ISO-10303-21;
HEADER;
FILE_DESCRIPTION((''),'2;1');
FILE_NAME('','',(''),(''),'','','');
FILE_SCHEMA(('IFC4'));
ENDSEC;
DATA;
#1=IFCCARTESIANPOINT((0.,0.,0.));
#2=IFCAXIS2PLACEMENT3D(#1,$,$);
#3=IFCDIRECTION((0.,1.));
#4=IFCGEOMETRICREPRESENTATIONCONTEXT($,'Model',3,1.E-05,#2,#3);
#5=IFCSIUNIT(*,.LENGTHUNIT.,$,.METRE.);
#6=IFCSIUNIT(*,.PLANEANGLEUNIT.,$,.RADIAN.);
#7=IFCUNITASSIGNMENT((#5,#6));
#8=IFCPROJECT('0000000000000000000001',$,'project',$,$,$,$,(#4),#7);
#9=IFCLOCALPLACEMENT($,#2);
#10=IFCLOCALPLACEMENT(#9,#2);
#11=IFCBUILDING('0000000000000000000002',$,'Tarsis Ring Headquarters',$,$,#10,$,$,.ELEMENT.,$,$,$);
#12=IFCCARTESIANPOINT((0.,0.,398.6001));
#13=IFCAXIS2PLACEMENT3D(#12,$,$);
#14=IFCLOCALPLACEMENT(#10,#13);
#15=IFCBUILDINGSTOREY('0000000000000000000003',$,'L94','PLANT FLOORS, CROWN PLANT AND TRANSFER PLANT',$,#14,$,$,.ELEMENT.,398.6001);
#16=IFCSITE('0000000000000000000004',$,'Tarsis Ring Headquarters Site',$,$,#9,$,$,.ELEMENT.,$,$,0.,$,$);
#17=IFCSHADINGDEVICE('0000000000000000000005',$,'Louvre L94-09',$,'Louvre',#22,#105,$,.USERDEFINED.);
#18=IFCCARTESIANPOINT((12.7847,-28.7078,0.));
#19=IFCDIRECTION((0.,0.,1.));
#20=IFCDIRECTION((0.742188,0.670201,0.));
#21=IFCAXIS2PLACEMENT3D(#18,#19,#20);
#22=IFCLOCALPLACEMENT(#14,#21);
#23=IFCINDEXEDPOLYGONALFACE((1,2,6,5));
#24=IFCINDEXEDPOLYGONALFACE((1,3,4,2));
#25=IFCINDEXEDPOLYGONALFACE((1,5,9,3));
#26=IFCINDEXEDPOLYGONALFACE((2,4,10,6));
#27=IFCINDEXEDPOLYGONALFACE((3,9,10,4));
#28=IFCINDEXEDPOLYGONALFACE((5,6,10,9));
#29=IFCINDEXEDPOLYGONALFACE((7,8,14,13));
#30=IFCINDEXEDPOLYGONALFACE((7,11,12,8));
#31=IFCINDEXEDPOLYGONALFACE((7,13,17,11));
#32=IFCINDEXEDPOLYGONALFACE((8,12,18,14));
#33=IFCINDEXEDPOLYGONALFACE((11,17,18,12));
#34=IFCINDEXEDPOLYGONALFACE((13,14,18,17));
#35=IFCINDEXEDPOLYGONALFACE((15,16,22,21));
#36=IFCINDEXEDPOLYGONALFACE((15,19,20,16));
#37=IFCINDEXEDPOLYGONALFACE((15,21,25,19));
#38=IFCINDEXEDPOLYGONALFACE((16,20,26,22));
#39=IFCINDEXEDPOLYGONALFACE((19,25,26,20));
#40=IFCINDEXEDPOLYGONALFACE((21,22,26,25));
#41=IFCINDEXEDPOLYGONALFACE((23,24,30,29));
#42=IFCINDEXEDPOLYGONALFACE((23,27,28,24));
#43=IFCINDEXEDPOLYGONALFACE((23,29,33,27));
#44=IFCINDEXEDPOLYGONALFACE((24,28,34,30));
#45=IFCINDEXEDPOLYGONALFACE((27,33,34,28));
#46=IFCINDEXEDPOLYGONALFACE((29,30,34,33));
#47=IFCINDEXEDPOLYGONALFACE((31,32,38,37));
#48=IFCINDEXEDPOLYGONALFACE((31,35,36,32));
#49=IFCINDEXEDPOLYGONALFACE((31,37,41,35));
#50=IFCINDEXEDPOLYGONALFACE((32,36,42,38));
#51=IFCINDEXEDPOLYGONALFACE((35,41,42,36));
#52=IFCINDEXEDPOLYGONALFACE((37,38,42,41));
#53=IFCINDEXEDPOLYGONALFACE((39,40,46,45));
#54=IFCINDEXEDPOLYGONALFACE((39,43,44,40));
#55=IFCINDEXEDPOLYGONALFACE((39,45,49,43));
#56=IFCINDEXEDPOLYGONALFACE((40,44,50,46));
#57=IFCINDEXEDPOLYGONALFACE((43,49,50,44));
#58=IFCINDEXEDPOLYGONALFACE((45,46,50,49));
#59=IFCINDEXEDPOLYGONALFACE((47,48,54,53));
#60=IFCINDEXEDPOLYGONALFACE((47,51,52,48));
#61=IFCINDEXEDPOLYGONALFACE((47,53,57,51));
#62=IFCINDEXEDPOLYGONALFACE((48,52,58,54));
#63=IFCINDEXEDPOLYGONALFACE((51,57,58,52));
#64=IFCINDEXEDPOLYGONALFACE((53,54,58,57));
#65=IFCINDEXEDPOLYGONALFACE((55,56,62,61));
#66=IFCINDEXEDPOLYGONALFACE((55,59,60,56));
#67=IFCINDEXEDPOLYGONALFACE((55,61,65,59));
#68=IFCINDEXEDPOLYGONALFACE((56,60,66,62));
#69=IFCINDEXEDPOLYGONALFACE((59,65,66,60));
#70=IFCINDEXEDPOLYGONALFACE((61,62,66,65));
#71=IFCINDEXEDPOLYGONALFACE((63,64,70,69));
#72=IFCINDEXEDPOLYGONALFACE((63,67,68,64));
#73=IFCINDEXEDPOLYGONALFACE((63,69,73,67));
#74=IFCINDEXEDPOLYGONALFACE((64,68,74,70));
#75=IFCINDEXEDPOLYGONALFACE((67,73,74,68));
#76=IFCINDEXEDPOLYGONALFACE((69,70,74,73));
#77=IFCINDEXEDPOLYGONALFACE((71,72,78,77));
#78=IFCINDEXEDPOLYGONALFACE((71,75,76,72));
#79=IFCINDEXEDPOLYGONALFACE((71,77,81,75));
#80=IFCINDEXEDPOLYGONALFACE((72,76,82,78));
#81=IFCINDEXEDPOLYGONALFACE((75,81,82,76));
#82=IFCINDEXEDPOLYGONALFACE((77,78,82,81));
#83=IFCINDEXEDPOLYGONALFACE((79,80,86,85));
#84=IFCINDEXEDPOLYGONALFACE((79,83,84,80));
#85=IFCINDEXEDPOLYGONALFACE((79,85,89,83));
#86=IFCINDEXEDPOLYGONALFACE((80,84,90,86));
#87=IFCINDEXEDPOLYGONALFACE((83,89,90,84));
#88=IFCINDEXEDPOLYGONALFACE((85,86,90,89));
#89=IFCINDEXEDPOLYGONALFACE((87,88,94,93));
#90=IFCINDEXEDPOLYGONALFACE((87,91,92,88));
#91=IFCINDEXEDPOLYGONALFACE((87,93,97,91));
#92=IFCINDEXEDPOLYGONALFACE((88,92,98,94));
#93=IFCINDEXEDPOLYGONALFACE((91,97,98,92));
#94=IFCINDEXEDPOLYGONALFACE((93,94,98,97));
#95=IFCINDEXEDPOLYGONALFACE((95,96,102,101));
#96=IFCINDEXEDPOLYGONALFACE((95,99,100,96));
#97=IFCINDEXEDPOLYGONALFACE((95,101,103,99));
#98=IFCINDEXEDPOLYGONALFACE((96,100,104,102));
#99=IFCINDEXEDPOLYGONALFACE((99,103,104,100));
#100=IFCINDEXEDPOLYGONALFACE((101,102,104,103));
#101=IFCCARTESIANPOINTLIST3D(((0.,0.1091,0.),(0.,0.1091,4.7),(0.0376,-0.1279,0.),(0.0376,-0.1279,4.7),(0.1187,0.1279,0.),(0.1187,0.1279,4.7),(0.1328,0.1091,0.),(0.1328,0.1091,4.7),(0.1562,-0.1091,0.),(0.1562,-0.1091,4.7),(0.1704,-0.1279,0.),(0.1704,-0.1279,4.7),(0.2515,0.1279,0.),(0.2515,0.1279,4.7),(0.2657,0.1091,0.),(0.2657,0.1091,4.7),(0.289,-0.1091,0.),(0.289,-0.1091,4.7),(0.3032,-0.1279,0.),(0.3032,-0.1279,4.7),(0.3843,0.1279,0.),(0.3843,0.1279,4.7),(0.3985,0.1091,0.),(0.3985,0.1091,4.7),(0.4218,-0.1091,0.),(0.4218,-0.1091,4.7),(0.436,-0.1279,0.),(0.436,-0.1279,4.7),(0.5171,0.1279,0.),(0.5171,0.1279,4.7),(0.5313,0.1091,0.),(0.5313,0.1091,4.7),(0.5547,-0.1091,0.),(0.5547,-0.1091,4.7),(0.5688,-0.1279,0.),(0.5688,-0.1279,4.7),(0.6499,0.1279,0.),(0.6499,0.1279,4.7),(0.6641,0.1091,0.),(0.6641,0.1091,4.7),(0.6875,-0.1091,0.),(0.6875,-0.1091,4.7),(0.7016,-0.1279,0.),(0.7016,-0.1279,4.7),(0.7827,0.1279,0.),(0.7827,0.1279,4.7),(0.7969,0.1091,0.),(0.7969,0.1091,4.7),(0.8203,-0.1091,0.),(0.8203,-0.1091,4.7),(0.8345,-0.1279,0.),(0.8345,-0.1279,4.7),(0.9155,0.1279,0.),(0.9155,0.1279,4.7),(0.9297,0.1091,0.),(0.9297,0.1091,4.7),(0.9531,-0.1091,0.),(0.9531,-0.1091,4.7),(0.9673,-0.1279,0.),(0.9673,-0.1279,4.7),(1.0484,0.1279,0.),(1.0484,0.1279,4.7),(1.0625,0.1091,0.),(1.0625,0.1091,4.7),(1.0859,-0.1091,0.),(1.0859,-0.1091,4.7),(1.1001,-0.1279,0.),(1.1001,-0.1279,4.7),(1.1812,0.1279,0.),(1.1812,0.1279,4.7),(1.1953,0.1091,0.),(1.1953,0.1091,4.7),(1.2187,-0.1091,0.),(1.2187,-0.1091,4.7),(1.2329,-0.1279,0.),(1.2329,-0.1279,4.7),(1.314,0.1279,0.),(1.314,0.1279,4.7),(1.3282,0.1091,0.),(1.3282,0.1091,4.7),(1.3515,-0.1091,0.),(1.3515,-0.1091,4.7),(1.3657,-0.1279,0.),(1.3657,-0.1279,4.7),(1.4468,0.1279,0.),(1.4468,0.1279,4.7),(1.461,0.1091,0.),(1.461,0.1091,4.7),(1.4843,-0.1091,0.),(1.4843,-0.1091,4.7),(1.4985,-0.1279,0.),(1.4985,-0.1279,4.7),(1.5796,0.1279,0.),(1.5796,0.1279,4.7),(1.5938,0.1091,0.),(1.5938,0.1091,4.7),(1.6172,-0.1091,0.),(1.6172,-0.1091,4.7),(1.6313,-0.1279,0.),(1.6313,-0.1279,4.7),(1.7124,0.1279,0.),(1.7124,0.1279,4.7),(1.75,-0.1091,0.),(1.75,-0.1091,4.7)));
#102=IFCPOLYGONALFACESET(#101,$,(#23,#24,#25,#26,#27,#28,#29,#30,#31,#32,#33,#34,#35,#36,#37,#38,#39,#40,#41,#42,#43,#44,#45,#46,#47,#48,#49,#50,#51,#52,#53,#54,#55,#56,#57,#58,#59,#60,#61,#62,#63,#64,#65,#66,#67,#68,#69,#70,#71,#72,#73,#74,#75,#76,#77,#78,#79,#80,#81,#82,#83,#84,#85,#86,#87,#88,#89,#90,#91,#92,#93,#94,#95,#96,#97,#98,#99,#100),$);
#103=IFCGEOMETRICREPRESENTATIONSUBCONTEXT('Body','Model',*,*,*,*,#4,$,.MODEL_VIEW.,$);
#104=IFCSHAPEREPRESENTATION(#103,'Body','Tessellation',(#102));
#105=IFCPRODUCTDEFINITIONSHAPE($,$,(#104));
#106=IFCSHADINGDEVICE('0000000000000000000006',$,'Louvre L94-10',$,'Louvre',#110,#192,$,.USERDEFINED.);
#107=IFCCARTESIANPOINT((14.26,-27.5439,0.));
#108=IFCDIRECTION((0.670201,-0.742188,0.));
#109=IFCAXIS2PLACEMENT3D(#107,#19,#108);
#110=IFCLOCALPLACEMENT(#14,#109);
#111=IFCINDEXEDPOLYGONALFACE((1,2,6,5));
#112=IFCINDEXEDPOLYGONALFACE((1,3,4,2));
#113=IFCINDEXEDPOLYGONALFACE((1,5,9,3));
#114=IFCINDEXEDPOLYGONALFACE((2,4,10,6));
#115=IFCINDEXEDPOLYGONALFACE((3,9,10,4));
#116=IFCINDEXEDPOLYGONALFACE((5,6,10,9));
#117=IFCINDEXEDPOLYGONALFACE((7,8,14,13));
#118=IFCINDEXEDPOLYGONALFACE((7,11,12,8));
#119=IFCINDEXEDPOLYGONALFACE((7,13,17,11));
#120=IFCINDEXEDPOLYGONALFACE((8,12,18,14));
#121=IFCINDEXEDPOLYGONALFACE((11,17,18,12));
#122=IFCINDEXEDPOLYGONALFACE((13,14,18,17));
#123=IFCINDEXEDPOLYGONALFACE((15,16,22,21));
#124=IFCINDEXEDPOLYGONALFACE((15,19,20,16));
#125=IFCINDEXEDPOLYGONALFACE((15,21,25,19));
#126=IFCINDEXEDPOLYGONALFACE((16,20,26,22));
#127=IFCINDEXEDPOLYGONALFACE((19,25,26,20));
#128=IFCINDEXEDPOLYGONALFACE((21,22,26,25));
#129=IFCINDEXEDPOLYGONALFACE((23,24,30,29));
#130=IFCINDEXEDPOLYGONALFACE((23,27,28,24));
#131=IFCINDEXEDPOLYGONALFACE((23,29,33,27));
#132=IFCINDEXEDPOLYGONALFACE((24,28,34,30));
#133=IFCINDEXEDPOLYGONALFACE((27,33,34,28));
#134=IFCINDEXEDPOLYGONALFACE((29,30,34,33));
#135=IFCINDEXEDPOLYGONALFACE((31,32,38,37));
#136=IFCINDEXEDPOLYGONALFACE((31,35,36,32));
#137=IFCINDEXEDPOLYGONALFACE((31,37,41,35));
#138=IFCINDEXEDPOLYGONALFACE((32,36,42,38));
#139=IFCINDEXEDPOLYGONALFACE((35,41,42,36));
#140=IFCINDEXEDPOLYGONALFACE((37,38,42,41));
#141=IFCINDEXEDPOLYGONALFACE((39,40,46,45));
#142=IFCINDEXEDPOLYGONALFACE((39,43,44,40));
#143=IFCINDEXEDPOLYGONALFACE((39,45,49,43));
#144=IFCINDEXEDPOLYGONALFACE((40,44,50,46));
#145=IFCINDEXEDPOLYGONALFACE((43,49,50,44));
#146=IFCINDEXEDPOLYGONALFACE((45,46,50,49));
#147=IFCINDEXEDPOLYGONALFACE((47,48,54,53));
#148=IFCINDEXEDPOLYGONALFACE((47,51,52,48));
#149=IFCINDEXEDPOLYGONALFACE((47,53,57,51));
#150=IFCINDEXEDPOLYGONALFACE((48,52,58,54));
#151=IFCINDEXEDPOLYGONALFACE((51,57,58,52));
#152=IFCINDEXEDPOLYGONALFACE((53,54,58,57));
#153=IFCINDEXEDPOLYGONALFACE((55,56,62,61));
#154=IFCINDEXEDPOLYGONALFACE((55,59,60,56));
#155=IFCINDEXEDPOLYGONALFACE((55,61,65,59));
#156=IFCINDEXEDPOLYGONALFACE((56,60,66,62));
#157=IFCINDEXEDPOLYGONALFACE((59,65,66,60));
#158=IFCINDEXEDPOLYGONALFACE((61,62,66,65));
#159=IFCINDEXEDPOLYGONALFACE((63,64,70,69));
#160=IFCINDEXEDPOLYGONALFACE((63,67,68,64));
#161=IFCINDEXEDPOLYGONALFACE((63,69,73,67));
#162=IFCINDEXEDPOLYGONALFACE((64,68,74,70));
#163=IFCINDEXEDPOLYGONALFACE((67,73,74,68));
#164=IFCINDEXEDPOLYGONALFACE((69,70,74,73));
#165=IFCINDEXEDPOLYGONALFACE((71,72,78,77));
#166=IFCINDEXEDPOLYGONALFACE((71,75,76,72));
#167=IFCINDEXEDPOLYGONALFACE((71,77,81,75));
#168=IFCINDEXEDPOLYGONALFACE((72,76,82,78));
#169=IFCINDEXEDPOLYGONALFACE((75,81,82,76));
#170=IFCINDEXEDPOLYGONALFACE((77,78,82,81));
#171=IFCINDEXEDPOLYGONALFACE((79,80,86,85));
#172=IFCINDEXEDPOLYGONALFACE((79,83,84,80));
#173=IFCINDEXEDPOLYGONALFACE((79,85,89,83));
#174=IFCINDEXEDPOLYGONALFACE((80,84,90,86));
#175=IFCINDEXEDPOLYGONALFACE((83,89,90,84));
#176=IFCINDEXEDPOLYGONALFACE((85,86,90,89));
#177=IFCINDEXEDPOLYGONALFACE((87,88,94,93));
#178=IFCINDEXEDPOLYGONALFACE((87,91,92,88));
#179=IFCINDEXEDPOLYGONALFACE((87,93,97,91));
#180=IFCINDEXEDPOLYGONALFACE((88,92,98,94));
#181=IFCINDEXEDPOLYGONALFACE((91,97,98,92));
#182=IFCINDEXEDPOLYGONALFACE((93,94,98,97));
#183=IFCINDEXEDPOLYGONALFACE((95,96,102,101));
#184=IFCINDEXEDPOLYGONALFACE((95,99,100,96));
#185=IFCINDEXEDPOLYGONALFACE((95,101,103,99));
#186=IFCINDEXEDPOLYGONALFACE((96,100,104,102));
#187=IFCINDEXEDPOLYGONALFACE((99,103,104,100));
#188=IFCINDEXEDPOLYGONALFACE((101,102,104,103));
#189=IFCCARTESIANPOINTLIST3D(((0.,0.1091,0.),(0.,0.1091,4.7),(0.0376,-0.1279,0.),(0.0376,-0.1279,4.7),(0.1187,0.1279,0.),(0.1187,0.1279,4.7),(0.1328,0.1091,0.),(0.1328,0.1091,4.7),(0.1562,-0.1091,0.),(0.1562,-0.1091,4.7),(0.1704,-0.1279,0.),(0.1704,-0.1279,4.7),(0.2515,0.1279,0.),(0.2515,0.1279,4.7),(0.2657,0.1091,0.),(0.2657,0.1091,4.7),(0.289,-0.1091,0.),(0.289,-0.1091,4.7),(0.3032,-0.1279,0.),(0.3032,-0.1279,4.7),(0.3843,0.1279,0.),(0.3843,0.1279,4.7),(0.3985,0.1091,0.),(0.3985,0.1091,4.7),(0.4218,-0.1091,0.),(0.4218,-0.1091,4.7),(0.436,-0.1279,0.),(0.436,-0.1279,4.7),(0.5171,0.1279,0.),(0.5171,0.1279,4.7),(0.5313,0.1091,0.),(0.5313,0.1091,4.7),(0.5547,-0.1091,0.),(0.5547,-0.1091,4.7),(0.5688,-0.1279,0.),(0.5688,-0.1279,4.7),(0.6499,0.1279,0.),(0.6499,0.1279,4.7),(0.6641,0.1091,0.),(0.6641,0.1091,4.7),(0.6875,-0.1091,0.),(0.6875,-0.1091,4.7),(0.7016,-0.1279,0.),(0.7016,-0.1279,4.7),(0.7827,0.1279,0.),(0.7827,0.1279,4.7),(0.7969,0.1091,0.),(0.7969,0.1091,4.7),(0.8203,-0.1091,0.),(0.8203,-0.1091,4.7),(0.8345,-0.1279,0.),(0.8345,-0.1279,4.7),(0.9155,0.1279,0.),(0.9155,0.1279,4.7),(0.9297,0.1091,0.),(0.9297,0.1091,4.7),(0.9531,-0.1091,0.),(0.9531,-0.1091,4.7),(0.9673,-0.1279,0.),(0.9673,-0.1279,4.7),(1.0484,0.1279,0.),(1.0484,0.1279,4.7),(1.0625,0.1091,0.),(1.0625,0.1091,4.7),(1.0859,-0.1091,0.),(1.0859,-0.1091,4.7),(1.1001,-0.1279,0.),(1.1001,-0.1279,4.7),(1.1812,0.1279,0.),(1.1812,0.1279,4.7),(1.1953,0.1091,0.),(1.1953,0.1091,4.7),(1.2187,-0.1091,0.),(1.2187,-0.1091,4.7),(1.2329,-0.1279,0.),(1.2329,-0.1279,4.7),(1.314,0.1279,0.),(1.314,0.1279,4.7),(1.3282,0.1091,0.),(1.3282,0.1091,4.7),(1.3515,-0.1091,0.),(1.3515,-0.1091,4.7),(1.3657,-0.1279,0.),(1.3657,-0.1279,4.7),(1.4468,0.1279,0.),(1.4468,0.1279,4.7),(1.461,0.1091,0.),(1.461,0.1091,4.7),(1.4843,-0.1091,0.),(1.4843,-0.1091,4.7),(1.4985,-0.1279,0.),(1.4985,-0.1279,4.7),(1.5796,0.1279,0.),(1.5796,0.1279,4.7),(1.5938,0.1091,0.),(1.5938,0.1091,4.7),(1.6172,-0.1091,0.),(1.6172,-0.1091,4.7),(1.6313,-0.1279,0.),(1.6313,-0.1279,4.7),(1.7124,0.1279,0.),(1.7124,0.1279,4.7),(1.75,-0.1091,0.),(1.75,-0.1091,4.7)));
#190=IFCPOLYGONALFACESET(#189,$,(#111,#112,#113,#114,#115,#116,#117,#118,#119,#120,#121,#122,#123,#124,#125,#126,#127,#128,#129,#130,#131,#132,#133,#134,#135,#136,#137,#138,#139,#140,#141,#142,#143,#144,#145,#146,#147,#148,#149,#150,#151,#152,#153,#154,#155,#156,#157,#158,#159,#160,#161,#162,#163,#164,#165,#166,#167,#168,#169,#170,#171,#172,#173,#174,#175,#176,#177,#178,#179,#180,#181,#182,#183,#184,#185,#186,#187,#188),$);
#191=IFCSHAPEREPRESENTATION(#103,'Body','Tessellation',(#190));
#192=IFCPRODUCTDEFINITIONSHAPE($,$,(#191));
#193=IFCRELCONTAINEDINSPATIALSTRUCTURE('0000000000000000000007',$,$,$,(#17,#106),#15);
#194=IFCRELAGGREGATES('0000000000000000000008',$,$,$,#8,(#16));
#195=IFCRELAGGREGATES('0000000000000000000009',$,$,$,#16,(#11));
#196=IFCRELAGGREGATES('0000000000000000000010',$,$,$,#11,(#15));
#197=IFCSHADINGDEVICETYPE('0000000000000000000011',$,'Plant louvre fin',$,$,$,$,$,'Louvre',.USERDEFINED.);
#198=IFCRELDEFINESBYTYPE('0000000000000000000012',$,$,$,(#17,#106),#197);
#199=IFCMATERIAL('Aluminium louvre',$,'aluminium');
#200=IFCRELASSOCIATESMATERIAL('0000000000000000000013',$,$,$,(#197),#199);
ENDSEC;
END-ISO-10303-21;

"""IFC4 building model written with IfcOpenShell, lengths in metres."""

from ifc_helpers import new_model, si_unit, direction, frame, frame_2d, origin, place, context, subcontext, project, spatial, rectangle, composite_profile, extrude, material, type_object, element, save


model = new_model("IFC4")

# Units and contexts
model_context = context("Model", 3, precision=1e-05, world=origin(), true_north=direction((0.0, 1.0)))
body_context = subcontext(model_context, "Body", "Model", "MODEL_VIEW")
ifc_project = project(units=[si_unit("LENGTHUNIT", "METRE"), si_unit("PLANEANGLEUNIT", "RADIAN")], contexts=[model_context])

# Site, building, storey
site_placement = place(None, origin())
site = spatial("IfcSite", under=ifc_project, at=site_placement, Name="Tarsis Ring Headquarters Site", CompositionType="ELEMENT", RefElevation=0.0)
building_placement = place(site_placement, origin())
building = spatial("IfcBuilding", under=site, at=building_placement, Name="Tarsis Ring Headquarters", CompositionType="ELEMENT")
storey_placement = place(building_placement, frame((0.0, 0.0, 398.6001)))
storey = spatial("IfcBuildingStorey", under=building, at=storey_placement, Name="L94", Description="PLANT FLOORS, CROWN PLANT AND TRANSFER PLANT", CompositionType="ELEMENT", Elevation=398.6001)

# Shading devices
ifc_material_1 = material(Name="Aluminium louvre", Category="aluminium")
shading_device_type_1 = type_object("IfcShadingDeviceType", Name="Plant louvre fin", ElementType="Louvre", PredefinedType="USERDEFINED", material=ifc_material_1)
for number, where, z_axis, x_axis, name in (
    (1, (12.7847, -28.7078, 0.0), (0.0, 0.0, 1.0), (0.742188, 0.670201, 0.0), "Louvre L94-09"),
    (2, (14.26, -27.5439, 0.0), (0.0, 0.0, 1.0), (0.670201, -0.742188, 0.0), "Louvre L94-10"),
):
    element("IfcShadingDevice", number, at=place(storey_placement, frame(where, z_axis=z_axis, x_axis=x_axis)), inside=storey, type_object=shading_device_type_1, Name=name, ObjectType="Louvre", PredefinedType="USERDEFINED", context=body_context, shape_type="SweptSolid", body=[
        extrude(composite_profile([rectangle(XDim=0.1201, YDim=0.24, at=frame_2d((0.0781, 0.0), x_axis=(0.987688, 0.156434))), rectangle(XDim=0.1201, YDim=0.24, at=frame_2d((0.2109, 0.0), x_axis=(0.987688, 0.156434))), rectangle(XDim=0.1201, YDim=0.24, at=frame_2d((0.3438, 0.0), x_axis=(0.987688, 0.156434))), rectangle(XDim=0.1201, YDim=0.24, at=frame_2d((0.4766, 0.0), x_axis=(0.987688, 0.156434))), rectangle(XDim=0.1201, YDim=0.24, at=frame_2d((0.6094, 0.0), x_axis=(0.987688, 0.156434))), rectangle(XDim=0.1201, YDim=0.24, at=frame_2d((0.7422, 0.0), x_axis=(0.987688, 0.156434))), rectangle(XDim=0.1201, YDim=0.24, at=frame_2d((0.875, 0.0), x_axis=(0.987688, 0.156434))), rectangle(XDim=0.1201, YDim=0.24, at=frame_2d((1.0078, 0.0), x_axis=(0.987688, 0.156434))), rectangle(XDim=0.1201, YDim=0.24, at=frame_2d((1.1406, 0.0), x_axis=(0.987688, 0.156434))), rectangle(XDim=0.1201, YDim=0.24, at=frame_2d((1.2734, 0.0), x_axis=(0.987688, 0.156434))), rectangle(XDim=0.1201, YDim=0.24, at=frame_2d((1.4062, 0.0), x_axis=(0.987688, 0.156434))), rectangle(XDim=0.1201, YDim=0.24, at=frame_2d((1.5391, 0.0), x_axis=(0.987688, 0.156434))), rectangle(XDim=0.1201, YDim=0.24, at=frame_2d((1.6719, 0.0), x_axis=(0.987688, 0.156434)))]), origin(), (0.0, 0.0, 1.0), 4.7),
    ])

save(model, "model.ifc")
